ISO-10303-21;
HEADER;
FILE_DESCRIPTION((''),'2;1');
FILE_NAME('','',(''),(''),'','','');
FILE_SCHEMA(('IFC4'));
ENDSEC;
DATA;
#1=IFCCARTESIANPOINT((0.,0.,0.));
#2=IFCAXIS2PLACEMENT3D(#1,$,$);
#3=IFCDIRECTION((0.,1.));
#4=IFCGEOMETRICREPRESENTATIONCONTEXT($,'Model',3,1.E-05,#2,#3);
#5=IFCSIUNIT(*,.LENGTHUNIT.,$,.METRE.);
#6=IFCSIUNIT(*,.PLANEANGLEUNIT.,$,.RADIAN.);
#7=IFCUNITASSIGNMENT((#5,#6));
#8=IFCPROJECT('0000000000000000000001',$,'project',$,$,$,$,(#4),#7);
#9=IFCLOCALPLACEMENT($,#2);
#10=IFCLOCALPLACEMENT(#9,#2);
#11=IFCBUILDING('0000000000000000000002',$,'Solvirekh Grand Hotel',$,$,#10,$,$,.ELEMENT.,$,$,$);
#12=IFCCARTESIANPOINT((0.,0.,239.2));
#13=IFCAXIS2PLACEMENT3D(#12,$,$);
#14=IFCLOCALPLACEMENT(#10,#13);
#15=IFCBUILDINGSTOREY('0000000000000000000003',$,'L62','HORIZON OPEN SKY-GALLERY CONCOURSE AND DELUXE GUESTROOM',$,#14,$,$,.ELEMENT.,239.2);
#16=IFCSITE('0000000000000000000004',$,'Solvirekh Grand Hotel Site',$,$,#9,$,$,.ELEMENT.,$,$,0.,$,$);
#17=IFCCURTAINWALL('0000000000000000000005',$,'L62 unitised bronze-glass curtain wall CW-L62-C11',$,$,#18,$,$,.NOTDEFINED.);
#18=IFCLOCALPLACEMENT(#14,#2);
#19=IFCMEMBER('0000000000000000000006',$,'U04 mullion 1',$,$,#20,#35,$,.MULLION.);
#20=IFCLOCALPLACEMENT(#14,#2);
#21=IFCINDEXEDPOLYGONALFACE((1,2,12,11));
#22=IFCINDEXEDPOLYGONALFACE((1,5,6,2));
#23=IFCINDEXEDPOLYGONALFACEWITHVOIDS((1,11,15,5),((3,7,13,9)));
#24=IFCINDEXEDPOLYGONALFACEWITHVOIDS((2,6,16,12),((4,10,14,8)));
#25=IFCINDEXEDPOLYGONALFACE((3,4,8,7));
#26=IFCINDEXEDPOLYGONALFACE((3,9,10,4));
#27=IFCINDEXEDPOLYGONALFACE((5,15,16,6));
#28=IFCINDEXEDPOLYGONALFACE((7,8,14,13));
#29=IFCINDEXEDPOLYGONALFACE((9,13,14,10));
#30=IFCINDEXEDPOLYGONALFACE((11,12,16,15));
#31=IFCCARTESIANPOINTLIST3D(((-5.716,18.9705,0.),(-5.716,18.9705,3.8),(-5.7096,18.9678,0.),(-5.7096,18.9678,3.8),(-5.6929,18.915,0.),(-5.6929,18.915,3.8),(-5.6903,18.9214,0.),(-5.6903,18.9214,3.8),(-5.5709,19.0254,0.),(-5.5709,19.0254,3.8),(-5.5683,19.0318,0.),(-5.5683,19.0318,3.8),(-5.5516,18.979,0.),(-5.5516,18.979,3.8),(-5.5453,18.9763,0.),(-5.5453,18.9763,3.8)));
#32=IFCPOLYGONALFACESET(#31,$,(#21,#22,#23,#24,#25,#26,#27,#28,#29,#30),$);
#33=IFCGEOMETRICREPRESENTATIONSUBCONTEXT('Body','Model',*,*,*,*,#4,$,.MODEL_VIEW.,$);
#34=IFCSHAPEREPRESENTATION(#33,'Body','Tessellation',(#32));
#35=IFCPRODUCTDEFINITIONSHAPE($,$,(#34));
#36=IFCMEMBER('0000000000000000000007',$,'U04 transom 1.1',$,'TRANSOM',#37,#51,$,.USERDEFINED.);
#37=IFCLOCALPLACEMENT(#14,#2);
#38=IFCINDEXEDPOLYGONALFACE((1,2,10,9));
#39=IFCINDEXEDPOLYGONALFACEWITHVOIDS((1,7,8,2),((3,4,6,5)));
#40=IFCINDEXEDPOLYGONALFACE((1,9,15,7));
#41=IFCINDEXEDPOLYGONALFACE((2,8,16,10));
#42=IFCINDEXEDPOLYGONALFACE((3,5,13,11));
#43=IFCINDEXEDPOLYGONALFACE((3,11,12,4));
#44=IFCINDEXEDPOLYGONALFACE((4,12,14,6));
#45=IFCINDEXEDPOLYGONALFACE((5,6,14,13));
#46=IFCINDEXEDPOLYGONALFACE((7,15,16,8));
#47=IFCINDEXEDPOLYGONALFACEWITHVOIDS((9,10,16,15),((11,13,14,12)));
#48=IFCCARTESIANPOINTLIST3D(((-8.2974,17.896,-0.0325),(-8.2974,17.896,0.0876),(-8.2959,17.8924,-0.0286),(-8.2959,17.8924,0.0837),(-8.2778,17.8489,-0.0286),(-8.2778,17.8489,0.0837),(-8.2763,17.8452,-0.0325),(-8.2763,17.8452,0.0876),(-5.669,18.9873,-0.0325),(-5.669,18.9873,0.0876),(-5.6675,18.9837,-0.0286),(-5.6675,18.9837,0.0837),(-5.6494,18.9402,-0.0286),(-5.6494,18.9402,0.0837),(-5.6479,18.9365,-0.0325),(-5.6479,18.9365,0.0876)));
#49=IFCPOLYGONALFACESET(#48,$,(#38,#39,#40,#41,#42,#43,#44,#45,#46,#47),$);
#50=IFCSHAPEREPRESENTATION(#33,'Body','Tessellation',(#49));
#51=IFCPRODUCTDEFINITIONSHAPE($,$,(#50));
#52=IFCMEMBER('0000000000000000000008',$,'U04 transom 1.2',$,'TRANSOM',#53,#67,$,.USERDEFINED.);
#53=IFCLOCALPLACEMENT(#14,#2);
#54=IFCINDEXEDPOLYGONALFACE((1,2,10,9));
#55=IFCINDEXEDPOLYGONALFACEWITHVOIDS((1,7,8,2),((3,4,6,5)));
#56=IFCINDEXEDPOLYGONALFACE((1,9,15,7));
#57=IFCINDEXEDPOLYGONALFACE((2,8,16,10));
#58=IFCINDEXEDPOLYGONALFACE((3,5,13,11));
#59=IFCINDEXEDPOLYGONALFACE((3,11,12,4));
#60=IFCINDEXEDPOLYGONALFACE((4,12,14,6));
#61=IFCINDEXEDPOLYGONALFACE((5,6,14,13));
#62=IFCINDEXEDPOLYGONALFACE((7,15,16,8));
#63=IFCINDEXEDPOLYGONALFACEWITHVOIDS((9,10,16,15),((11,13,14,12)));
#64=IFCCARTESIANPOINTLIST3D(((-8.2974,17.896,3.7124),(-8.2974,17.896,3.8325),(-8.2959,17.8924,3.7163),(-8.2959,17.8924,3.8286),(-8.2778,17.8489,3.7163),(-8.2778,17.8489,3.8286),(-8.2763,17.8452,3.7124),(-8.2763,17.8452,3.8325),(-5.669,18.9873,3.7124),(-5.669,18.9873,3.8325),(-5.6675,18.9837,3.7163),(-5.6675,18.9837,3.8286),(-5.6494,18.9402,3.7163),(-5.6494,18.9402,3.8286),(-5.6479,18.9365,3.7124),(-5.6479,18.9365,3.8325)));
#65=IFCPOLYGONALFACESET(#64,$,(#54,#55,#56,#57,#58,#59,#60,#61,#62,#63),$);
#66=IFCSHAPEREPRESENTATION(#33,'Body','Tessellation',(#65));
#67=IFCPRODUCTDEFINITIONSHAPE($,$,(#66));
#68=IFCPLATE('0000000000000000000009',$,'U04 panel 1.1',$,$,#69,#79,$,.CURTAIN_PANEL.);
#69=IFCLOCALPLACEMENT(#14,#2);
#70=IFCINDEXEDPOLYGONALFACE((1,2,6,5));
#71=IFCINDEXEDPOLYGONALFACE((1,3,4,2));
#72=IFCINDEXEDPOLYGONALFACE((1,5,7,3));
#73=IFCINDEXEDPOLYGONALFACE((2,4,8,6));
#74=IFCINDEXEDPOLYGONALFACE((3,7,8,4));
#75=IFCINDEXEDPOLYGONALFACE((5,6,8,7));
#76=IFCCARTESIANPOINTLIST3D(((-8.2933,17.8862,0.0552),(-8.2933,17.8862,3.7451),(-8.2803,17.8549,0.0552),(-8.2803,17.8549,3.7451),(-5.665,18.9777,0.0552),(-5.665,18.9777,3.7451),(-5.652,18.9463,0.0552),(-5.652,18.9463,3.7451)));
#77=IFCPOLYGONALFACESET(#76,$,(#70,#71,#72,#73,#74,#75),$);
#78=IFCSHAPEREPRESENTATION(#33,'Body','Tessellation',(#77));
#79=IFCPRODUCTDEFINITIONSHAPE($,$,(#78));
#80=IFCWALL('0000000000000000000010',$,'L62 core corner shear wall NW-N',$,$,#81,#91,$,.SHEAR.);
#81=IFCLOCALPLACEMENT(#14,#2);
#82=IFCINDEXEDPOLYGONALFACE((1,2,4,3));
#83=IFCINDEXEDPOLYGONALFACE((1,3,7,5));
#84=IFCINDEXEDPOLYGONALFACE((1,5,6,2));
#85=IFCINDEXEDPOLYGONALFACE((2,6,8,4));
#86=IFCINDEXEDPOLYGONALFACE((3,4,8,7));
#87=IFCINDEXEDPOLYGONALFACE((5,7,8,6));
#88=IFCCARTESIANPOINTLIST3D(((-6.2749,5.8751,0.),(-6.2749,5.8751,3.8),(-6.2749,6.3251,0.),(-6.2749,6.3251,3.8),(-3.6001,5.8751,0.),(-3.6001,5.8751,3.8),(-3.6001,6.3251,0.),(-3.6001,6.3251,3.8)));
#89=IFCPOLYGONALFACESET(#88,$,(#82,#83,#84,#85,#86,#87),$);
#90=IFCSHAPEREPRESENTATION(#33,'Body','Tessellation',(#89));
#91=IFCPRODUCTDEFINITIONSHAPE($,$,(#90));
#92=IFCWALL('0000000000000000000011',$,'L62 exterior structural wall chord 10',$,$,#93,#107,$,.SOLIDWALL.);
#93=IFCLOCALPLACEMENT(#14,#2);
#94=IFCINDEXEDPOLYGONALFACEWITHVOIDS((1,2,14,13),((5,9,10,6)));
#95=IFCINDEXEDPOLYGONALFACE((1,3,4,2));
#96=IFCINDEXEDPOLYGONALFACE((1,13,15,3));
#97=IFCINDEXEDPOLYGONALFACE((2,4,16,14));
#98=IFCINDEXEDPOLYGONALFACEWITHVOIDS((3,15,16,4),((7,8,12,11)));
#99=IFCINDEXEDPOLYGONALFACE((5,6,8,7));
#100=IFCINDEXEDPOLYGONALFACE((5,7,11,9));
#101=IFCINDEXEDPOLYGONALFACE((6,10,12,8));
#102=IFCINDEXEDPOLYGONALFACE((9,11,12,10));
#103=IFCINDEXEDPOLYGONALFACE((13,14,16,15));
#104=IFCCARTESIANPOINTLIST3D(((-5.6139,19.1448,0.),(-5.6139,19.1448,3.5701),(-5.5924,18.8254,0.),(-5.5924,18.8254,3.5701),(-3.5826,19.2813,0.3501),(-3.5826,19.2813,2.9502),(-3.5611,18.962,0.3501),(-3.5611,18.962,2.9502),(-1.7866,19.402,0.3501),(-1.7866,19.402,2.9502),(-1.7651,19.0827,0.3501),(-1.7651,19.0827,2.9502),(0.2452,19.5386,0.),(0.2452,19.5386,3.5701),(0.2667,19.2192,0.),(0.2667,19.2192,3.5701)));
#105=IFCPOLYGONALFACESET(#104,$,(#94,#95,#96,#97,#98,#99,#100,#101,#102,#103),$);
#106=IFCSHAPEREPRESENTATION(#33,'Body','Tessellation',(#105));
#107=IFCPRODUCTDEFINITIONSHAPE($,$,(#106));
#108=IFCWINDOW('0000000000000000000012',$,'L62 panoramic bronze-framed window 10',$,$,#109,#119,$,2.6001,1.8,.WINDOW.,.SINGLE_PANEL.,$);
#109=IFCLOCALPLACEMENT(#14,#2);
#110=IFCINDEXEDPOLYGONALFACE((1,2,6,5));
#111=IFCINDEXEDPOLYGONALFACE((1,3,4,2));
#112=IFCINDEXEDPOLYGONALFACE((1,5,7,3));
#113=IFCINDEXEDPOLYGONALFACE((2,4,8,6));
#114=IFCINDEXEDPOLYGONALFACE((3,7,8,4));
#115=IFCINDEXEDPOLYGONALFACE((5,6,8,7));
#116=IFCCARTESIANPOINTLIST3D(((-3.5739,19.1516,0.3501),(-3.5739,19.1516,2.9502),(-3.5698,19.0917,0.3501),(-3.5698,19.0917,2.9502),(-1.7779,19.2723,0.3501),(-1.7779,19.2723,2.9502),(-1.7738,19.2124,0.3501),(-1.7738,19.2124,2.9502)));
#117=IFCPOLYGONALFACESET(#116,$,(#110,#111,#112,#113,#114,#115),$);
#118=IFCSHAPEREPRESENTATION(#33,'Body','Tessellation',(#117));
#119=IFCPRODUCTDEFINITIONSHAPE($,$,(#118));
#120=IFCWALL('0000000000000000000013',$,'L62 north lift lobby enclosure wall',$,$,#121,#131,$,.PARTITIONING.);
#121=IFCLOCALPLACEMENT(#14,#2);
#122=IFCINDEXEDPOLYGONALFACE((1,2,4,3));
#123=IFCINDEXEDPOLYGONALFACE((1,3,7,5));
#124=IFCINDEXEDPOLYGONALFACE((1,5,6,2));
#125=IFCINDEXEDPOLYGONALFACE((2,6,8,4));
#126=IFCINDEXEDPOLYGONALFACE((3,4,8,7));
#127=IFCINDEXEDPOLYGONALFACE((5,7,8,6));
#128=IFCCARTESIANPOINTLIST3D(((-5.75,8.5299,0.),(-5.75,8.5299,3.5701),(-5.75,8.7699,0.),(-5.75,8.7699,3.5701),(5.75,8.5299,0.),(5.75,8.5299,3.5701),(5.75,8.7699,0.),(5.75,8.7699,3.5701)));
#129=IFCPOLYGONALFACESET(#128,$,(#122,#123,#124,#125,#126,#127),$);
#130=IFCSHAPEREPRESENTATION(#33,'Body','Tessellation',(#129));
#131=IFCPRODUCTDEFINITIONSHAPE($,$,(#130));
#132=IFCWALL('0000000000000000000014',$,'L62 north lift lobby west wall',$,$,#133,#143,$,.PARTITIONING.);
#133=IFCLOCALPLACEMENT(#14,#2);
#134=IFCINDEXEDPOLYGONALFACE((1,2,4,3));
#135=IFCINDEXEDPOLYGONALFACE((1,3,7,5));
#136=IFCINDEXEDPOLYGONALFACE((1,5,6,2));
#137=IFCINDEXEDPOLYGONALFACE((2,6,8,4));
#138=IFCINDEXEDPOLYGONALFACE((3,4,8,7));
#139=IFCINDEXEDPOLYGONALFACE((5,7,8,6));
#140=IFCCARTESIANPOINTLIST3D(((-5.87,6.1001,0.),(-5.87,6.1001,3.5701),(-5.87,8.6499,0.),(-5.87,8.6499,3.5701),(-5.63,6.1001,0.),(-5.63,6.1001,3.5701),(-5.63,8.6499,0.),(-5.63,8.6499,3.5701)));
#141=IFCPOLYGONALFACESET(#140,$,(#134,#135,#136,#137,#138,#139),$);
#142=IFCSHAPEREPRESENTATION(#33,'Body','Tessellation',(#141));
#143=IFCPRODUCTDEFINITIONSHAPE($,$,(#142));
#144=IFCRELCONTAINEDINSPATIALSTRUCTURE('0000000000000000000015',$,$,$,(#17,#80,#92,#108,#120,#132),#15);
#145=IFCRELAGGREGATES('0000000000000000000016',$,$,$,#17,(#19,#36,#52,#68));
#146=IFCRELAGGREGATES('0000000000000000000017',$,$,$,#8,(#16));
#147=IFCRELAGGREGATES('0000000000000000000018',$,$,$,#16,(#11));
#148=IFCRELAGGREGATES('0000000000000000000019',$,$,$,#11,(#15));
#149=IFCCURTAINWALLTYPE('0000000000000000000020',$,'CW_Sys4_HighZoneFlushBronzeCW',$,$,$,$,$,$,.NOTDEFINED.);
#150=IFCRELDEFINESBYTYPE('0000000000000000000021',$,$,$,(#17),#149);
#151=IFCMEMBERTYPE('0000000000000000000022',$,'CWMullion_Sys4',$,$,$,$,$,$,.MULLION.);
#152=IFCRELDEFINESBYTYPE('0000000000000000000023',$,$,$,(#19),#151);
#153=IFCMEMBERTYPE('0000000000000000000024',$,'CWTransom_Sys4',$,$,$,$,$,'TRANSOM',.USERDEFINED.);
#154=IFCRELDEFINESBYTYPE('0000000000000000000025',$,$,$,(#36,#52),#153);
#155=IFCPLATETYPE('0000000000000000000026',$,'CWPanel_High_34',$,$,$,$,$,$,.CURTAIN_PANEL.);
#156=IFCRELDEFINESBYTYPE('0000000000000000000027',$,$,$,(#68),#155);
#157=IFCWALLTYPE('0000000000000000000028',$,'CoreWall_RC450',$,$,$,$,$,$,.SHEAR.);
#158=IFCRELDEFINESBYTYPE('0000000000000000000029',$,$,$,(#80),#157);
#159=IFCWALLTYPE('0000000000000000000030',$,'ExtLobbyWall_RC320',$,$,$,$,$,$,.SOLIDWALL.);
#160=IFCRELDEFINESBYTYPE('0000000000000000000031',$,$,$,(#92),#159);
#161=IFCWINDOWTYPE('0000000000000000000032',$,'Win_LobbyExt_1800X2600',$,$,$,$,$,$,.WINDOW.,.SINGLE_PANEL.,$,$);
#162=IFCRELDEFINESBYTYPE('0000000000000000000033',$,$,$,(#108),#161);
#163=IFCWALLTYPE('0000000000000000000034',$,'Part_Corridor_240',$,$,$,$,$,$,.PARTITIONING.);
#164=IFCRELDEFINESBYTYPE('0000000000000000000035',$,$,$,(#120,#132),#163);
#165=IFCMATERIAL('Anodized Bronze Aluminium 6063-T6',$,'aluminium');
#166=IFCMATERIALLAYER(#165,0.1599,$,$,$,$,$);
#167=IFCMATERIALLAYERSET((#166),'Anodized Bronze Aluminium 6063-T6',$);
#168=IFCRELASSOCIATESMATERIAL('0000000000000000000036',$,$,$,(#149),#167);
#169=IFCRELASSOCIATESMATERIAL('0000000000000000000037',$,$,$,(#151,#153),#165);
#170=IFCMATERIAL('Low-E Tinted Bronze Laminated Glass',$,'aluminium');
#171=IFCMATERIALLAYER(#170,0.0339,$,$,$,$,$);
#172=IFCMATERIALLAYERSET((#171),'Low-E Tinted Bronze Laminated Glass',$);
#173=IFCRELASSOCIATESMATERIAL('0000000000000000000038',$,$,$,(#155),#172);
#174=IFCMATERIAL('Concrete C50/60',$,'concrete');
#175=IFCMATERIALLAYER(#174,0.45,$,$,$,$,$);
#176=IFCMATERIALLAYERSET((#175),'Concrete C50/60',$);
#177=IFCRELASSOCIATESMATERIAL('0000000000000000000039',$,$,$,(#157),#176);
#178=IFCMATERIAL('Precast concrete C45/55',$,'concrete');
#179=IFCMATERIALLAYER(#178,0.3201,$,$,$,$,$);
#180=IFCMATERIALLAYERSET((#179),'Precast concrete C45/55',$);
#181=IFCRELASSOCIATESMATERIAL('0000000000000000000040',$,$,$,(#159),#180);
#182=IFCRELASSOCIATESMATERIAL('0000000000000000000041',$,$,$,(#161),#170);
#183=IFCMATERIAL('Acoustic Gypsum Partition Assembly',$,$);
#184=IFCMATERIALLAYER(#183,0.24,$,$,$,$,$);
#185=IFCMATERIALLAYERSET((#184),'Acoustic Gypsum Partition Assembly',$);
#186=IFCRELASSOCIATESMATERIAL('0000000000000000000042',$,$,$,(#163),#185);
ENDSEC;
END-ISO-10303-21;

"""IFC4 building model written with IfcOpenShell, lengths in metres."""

from ifc_helpers import new_model, si_unit, direction, frame, frame_2d, origin, origin_2d, place, context, subcontext, project, spatial, rectangle, hollow_rectangle, extrude, source, transform, mapped, material, layer, layer_set, material_profile, profile_set, type_object, element, fill, aggregate, save


model = new_model("IFC4")

# Units and contexts
model_context = context("Model", 3, precision=1e-05, world=origin(), true_north=direction((0.0, 1.0)))
body_context = subcontext(model_context, "Body", "Model", "MODEL_VIEW")
ifc_project = project(units=[si_unit("LENGTHUNIT", "METRE"), si_unit("PLANEANGLEUNIT", "RADIAN")], contexts=[model_context])

# Site, building, storey
site_placement = place(None, origin())
site = spatial("IfcSite", under=ifc_project, at=site_placement, Name="Solvirekh Grand Hotel Site", CompositionType="ELEMENT", RefElevation=0.0)
building_placement = place(site_placement, origin())
building = spatial("IfcBuilding", under=site, at=building_placement, Name="Solvirekh Grand Hotel", CompositionType="ELEMENT")
storey_placement = place(building_placement, frame((0.0, 0.0, 239.2)))
storey = spatial("IfcBuildingStorey", under=building, at=storey_placement, Name="L62", Description="HORIZON OPEN SKY-GALLERY CONCOURSE AND DELUXE GUESTROOM", CompositionType="ELEMENT", Elevation=239.2)

# Shared definitions
ifc_material_1 = material(Name="Concrete C50/60", Category="concrete")

# Curtain wall, members, plate
ifc_material_2 = material(Name="Anodized Bronze Aluminium 6063-T6", Category="aluminium")
ifc_layer_1 = layer(ifc_material_2, 0.1599)
ifc_layer_set_1 = layer_set([ifc_layer_1], Name="Anodized Bronze Aluminium 6063-T6")
curtain_wall_type = type_object("IfcCurtainWallType", Name="CW_Sys4_HighZoneFlushBronzeCW", PredefinedType="NOTDEFINED", material=ifc_layer_set_1)
curtain_wall_placement = place(storey_placement, origin())
curtain_wall = element("IfcCurtainWall", 1, at=curtain_wall_placement, inside=storey, type_object=curtain_wall_type, Name="L62 unitised bronze-glass curtain wall CW-L62-C11", PredefinedType="NOTDEFINED")
ifc_material_profile_1 = material_profile(ifc_material_2, hollow_rectangle(XDim=0.0601, YDim=0.1599, WallThickness=0.0049, at=origin_2d()), Name="ALU RHS 160X60X5")
ifc_profile_set_1 = profile_set([ifc_material_profile_1], Name="Anodized Bronze Aluminium 6063-T6")
member_type_1 = type_object("IfcMemberType", Name="CWMullion_Sys4", PredefinedType="MULLION", material=ifc_profile_set_1)
shared_shape_1 = source(origin(), body_context, "Body", "SweptSolid", [
    extrude(hollow_rectangle(XDim=0.0601, YDim=0.1599, WallThickness=0.0049, at=origin_2d()), origin(), (0.0, 0.0, 1.0), 3.8),
])
member_1_placement = place(storey_placement, frame((-5.6306, 18.9734, 0.0), z_axis=(0.0, 0.0, 1.0), x_axis=(0.383515, -0.923535, 0.0)))
member_1 = element("IfcMember", 2, at=member_1_placement, type_object=member_type_1, Name="U04 mullion 1", PredefinedType="MULLION", context=body_context, shape_type="MappedRepresentation", body=[
    mapped(shared_shape_1, transform((0.0, 0.0, 0.0), x_axis=(1.0, 0.0, 0.0), y_axis=(0.0, 1.0, 0.0), z_axis=(0.0, 0.0, 1.0), scale=1.0)),
])
ifc_material_profile_2 = material_profile(ifc_material_2, hollow_rectangle(XDim=0.0549, YDim=0.1201, WallThickness=0.0039, at=origin_2d()), Name="ALU RHS 120X55X4")
ifc_profile_set_2 = profile_set([ifc_material_profile_2], Name="Anodized Bronze Aluminium 6063-T6")
member_type_2 = type_object("IfcMemberType", Name="CWTransom_Sys4", ElementType="TRANSOM", PredefinedType="USERDEFINED", material=ifc_profile_set_2)
shared_shape_2 = source(origin(), body_context, "Body", "SweptSolid", [
    extrude(hollow_rectangle(XDim=0.0549, YDim=0.1201, WallThickness=0.0039, at=origin_2d()), origin(), (0.0, 0.0, 1.0), 2.8459),
])
member_2_placement = place(storey_placement, frame((-5.6584, 18.9619, 0.0276), z_axis=(-0.923558, -0.383458, 0.0), x_axis=(0.383458, -0.923558, 0.0)))
member_2 = element("IfcMember", 3, at=member_2_placement, type_object=member_type_2, Name="U04 transom 1.1", ObjectType="TRANSOM", PredefinedType="USERDEFINED", context=body_context, shape_type="MappedRepresentation", body=[
    mapped(shared_shape_2, transform((0.0, 0.0, 0.0), x_axis=(1.0, 0.0, 0.0), y_axis=(0.0, 1.0, 0.0), z_axis=(0.0, 0.0, 1.0), scale=1.0)),
])
member_3_placement = place(storey_placement, frame((-5.6584, 18.9619, 3.7725), z_axis=(-0.923558, -0.383458, 0.0), x_axis=(0.383458, -0.923558, 0.0)))
member_3 = element("IfcMember", 4, at=member_3_placement, type_object=member_type_2, Name="U04 transom 1.2", ObjectType="TRANSOM", PredefinedType="USERDEFINED", context=body_context, shape_type="MappedRepresentation", body=[
    mapped(shared_shape_2, transform((0.0, 0.0, 0.0), x_axis=(1.0, 0.0, 0.0), y_axis=(0.0, 1.0, 0.0), z_axis=(0.0, 0.0, 1.0), scale=1.0)),
])
ifc_material_3 = material(Name="Low-E Tinted Bronze Laminated Glass", Category="aluminium")
ifc_layer_2 = layer(ifc_material_3, 0.0339)
ifc_layer_set_2 = layer_set([ifc_layer_2], Name="Low-E Tinted Bronze Laminated Glass")
plate_type = type_object("IfcPlateType", Name="CWPanel_High_34", PredefinedType="CURTAIN_PANEL", material=ifc_layer_set_2)
shared_shape_3 = source(origin(), body_context, "Body", "SweptSolid", [
    extrude(rectangle(XDim=2.8459, YDim=0.0339, at=origin_2d()), origin(), (0.0, 0.0, 1.0), 3.6899),
])
plate_placement = place(storey_placement, frame((-6.9727, 18.4163, 0.0552), z_axis=(0.0, 0.0, 1.0), x_axis=(-0.923535, -0.383515, 0.0)))
plate = element("IfcPlate", 5, at=plate_placement, type_object=plate_type, Name="U04 panel 1.1", PredefinedType="CURTAIN_PANEL", context=body_context, shape_type="MappedRepresentation", body=[
    mapped(shared_shape_3, transform((0.0, 0.0, 0.0), x_axis=(1.0, 0.0, 0.0), y_axis=(0.0, 1.0, 0.0), z_axis=(0.0, 0.0, 1.0), scale=1.0)),
])
aggregate(curtain_wall, [member_1, member_2, member_3, plate])

# Wall
ifc_layer_3 = layer(ifc_material_1, 0.45)
ifc_layer_set_3 = layer_set([ifc_layer_3], Name="Concrete C50/60")
wall_type_1 = type_object("IfcWallType", Name="CoreWall_RC450", PredefinedType="SHEAR", material=ifc_layer_set_3)
wall_1_placement = place(storey_placement, frame((-6.2749, 6.1001, 0.0), z_axis=(0.0, 0.0, 1.0), x_axis=(1.0, 0.0, 0.0)))
element("IfcWall", 6, at=wall_1_placement, inside=storey, type_object=wall_type_1, Name="L62 core corner shear wall NW-N", PredefinedType="SHEAR", context=body_context, shape_type="SweptSolid", body=[
    extrude(rectangle(XDim=2.6748, YDim=0.45, at=frame_2d((1.3374, 0.0))), origin(), (0.0, 0.0, 1.0), 3.8),
])

# Wall, opening, window
ifc_material_4 = material(Name="Precast concrete C45/55", Category="concrete")
ifc_layer_4 = layer(ifc_material_4, 0.3201)
ifc_layer_set_4 = layer_set([ifc_layer_4], Name="Precast concrete C45/55")
wall_type_2 = type_object("IfcWallType", Name="ExtLobbyWall_RC320", PredefinedType="SOLIDWALL", material=ifc_layer_set_4)
wall_2_placement = place(storey_placement, frame((-5.603, 18.9851, 0.0), z_axis=(0.0, 0.0, 1.0), x_axis=(0.997749, 0.06706, 0.0)))
wall_2 = element("IfcWall", 7, at=wall_2_placement, inside=storey, type_object=wall_type_2, Name="L62 exterior structural wall chord 10", PredefinedType="SOLIDWALL", context=body_context, shape_type="SweptSolid", body=[
    extrude(rectangle(XDim=5.8723, YDim=0.3201, at=frame_2d((2.936, 0.0))), origin(), (0.0, 0.0, 1.0), 3.5701),
])
opening_1_placement = place(wall_2_placement, frame((2.0359, 0.0, 0.3501)))
opening_1 = element("IfcOpeningElement", 8, at=opening_1_placement, cuts=wall_2, PredefinedType="OPENING", context=body_context, shape_type="SweptSolid", body=[
    extrude(rectangle(XDim=1.8, YDim=2.6001, at=frame_2d((0.8999, 1.3))), frame((0.0, 0.1699, 0.0), z_axis=(0.0, -1.0, 0.0), x_axis=(1.0, 0.0, 0.0)), (0.0, 0.0, 1.0), 0.3401),
])
window_type = type_object("IfcWindowType", Name="Win_LobbyExt_1800X2600", PartitioningType="SINGLE_PANEL", PredefinedType="WINDOW", material=ifc_material_3)
window_placement = place(opening_1_placement, origin())
window = element("IfcWindow", 9, at=window_placement, inside=storey, type_object=window_type, Name="L62 panoramic bronze-framed window 10", OverallHeight=2.6001, OverallWidth=1.8, PartitioningType="SINGLE_PANEL", PredefinedType="WINDOW", context=body_context, shape_type="SweptSolid", body=[
    extrude(rectangle(XDim=1.8, YDim=2.6001, at=frame_2d((0.8999, 1.3))), frame((0.0, 0.03, 0.0), z_axis=(0.0, -1.0, 0.0), x_axis=(1.0, 0.0, 0.0)), (0.0, 0.0, 1.0), 0.0601),
])
fill(opening_1, window)

# Walls
ifc_material_5 = material(Name="Acoustic Gypsum Partition Assembly")
ifc_layer_5 = layer(ifc_material_5, 0.24)
ifc_layer_set_5 = layer_set([ifc_layer_5], Name="Acoustic Gypsum Partition Assembly")
wall_type_3 = type_object("IfcWallType", Name="Part_Corridor_240", PredefinedType="PARTITIONING", material=ifc_layer_set_5)
wall_3_placement = place(storey_placement, frame((-5.75, 8.6499, 0.0), z_axis=(0.0, 0.0, 1.0), x_axis=(1.0, 0.0, 0.0)))
element("IfcWall", 10, at=wall_3_placement, inside=storey, type_object=wall_type_3, Name="L62 north lift lobby enclosure wall", PredefinedType="PARTITIONING", context=body_context, shape_type="SweptSolid", body=[
    extrude(rectangle(XDim=11.5, YDim=0.24, at=frame_2d((5.75, 0.0))), origin(), (0.0, 0.0, 1.0), 3.5701),
])
wall_4_placement = place(storey_placement, frame((-5.75, 6.1001, 0.0), z_axis=(0.0, 0.0, 1.0), x_axis=(0.0, 1.0, 0.0)))
element("IfcWall", 11, at=wall_4_placement, inside=storey, type_object=wall_type_3, Name="L62 north lift lobby west wall", PredefinedType="PARTITIONING", context=body_context, shape_type="SweptSolid", body=[
    extrude(rectangle(XDim=2.5498, YDim=0.24, at=frame_2d((1.2749, 0.0))), origin(), (0.0, 0.0, 1.0), 3.5701),
])

save(model, "model.ifc")
